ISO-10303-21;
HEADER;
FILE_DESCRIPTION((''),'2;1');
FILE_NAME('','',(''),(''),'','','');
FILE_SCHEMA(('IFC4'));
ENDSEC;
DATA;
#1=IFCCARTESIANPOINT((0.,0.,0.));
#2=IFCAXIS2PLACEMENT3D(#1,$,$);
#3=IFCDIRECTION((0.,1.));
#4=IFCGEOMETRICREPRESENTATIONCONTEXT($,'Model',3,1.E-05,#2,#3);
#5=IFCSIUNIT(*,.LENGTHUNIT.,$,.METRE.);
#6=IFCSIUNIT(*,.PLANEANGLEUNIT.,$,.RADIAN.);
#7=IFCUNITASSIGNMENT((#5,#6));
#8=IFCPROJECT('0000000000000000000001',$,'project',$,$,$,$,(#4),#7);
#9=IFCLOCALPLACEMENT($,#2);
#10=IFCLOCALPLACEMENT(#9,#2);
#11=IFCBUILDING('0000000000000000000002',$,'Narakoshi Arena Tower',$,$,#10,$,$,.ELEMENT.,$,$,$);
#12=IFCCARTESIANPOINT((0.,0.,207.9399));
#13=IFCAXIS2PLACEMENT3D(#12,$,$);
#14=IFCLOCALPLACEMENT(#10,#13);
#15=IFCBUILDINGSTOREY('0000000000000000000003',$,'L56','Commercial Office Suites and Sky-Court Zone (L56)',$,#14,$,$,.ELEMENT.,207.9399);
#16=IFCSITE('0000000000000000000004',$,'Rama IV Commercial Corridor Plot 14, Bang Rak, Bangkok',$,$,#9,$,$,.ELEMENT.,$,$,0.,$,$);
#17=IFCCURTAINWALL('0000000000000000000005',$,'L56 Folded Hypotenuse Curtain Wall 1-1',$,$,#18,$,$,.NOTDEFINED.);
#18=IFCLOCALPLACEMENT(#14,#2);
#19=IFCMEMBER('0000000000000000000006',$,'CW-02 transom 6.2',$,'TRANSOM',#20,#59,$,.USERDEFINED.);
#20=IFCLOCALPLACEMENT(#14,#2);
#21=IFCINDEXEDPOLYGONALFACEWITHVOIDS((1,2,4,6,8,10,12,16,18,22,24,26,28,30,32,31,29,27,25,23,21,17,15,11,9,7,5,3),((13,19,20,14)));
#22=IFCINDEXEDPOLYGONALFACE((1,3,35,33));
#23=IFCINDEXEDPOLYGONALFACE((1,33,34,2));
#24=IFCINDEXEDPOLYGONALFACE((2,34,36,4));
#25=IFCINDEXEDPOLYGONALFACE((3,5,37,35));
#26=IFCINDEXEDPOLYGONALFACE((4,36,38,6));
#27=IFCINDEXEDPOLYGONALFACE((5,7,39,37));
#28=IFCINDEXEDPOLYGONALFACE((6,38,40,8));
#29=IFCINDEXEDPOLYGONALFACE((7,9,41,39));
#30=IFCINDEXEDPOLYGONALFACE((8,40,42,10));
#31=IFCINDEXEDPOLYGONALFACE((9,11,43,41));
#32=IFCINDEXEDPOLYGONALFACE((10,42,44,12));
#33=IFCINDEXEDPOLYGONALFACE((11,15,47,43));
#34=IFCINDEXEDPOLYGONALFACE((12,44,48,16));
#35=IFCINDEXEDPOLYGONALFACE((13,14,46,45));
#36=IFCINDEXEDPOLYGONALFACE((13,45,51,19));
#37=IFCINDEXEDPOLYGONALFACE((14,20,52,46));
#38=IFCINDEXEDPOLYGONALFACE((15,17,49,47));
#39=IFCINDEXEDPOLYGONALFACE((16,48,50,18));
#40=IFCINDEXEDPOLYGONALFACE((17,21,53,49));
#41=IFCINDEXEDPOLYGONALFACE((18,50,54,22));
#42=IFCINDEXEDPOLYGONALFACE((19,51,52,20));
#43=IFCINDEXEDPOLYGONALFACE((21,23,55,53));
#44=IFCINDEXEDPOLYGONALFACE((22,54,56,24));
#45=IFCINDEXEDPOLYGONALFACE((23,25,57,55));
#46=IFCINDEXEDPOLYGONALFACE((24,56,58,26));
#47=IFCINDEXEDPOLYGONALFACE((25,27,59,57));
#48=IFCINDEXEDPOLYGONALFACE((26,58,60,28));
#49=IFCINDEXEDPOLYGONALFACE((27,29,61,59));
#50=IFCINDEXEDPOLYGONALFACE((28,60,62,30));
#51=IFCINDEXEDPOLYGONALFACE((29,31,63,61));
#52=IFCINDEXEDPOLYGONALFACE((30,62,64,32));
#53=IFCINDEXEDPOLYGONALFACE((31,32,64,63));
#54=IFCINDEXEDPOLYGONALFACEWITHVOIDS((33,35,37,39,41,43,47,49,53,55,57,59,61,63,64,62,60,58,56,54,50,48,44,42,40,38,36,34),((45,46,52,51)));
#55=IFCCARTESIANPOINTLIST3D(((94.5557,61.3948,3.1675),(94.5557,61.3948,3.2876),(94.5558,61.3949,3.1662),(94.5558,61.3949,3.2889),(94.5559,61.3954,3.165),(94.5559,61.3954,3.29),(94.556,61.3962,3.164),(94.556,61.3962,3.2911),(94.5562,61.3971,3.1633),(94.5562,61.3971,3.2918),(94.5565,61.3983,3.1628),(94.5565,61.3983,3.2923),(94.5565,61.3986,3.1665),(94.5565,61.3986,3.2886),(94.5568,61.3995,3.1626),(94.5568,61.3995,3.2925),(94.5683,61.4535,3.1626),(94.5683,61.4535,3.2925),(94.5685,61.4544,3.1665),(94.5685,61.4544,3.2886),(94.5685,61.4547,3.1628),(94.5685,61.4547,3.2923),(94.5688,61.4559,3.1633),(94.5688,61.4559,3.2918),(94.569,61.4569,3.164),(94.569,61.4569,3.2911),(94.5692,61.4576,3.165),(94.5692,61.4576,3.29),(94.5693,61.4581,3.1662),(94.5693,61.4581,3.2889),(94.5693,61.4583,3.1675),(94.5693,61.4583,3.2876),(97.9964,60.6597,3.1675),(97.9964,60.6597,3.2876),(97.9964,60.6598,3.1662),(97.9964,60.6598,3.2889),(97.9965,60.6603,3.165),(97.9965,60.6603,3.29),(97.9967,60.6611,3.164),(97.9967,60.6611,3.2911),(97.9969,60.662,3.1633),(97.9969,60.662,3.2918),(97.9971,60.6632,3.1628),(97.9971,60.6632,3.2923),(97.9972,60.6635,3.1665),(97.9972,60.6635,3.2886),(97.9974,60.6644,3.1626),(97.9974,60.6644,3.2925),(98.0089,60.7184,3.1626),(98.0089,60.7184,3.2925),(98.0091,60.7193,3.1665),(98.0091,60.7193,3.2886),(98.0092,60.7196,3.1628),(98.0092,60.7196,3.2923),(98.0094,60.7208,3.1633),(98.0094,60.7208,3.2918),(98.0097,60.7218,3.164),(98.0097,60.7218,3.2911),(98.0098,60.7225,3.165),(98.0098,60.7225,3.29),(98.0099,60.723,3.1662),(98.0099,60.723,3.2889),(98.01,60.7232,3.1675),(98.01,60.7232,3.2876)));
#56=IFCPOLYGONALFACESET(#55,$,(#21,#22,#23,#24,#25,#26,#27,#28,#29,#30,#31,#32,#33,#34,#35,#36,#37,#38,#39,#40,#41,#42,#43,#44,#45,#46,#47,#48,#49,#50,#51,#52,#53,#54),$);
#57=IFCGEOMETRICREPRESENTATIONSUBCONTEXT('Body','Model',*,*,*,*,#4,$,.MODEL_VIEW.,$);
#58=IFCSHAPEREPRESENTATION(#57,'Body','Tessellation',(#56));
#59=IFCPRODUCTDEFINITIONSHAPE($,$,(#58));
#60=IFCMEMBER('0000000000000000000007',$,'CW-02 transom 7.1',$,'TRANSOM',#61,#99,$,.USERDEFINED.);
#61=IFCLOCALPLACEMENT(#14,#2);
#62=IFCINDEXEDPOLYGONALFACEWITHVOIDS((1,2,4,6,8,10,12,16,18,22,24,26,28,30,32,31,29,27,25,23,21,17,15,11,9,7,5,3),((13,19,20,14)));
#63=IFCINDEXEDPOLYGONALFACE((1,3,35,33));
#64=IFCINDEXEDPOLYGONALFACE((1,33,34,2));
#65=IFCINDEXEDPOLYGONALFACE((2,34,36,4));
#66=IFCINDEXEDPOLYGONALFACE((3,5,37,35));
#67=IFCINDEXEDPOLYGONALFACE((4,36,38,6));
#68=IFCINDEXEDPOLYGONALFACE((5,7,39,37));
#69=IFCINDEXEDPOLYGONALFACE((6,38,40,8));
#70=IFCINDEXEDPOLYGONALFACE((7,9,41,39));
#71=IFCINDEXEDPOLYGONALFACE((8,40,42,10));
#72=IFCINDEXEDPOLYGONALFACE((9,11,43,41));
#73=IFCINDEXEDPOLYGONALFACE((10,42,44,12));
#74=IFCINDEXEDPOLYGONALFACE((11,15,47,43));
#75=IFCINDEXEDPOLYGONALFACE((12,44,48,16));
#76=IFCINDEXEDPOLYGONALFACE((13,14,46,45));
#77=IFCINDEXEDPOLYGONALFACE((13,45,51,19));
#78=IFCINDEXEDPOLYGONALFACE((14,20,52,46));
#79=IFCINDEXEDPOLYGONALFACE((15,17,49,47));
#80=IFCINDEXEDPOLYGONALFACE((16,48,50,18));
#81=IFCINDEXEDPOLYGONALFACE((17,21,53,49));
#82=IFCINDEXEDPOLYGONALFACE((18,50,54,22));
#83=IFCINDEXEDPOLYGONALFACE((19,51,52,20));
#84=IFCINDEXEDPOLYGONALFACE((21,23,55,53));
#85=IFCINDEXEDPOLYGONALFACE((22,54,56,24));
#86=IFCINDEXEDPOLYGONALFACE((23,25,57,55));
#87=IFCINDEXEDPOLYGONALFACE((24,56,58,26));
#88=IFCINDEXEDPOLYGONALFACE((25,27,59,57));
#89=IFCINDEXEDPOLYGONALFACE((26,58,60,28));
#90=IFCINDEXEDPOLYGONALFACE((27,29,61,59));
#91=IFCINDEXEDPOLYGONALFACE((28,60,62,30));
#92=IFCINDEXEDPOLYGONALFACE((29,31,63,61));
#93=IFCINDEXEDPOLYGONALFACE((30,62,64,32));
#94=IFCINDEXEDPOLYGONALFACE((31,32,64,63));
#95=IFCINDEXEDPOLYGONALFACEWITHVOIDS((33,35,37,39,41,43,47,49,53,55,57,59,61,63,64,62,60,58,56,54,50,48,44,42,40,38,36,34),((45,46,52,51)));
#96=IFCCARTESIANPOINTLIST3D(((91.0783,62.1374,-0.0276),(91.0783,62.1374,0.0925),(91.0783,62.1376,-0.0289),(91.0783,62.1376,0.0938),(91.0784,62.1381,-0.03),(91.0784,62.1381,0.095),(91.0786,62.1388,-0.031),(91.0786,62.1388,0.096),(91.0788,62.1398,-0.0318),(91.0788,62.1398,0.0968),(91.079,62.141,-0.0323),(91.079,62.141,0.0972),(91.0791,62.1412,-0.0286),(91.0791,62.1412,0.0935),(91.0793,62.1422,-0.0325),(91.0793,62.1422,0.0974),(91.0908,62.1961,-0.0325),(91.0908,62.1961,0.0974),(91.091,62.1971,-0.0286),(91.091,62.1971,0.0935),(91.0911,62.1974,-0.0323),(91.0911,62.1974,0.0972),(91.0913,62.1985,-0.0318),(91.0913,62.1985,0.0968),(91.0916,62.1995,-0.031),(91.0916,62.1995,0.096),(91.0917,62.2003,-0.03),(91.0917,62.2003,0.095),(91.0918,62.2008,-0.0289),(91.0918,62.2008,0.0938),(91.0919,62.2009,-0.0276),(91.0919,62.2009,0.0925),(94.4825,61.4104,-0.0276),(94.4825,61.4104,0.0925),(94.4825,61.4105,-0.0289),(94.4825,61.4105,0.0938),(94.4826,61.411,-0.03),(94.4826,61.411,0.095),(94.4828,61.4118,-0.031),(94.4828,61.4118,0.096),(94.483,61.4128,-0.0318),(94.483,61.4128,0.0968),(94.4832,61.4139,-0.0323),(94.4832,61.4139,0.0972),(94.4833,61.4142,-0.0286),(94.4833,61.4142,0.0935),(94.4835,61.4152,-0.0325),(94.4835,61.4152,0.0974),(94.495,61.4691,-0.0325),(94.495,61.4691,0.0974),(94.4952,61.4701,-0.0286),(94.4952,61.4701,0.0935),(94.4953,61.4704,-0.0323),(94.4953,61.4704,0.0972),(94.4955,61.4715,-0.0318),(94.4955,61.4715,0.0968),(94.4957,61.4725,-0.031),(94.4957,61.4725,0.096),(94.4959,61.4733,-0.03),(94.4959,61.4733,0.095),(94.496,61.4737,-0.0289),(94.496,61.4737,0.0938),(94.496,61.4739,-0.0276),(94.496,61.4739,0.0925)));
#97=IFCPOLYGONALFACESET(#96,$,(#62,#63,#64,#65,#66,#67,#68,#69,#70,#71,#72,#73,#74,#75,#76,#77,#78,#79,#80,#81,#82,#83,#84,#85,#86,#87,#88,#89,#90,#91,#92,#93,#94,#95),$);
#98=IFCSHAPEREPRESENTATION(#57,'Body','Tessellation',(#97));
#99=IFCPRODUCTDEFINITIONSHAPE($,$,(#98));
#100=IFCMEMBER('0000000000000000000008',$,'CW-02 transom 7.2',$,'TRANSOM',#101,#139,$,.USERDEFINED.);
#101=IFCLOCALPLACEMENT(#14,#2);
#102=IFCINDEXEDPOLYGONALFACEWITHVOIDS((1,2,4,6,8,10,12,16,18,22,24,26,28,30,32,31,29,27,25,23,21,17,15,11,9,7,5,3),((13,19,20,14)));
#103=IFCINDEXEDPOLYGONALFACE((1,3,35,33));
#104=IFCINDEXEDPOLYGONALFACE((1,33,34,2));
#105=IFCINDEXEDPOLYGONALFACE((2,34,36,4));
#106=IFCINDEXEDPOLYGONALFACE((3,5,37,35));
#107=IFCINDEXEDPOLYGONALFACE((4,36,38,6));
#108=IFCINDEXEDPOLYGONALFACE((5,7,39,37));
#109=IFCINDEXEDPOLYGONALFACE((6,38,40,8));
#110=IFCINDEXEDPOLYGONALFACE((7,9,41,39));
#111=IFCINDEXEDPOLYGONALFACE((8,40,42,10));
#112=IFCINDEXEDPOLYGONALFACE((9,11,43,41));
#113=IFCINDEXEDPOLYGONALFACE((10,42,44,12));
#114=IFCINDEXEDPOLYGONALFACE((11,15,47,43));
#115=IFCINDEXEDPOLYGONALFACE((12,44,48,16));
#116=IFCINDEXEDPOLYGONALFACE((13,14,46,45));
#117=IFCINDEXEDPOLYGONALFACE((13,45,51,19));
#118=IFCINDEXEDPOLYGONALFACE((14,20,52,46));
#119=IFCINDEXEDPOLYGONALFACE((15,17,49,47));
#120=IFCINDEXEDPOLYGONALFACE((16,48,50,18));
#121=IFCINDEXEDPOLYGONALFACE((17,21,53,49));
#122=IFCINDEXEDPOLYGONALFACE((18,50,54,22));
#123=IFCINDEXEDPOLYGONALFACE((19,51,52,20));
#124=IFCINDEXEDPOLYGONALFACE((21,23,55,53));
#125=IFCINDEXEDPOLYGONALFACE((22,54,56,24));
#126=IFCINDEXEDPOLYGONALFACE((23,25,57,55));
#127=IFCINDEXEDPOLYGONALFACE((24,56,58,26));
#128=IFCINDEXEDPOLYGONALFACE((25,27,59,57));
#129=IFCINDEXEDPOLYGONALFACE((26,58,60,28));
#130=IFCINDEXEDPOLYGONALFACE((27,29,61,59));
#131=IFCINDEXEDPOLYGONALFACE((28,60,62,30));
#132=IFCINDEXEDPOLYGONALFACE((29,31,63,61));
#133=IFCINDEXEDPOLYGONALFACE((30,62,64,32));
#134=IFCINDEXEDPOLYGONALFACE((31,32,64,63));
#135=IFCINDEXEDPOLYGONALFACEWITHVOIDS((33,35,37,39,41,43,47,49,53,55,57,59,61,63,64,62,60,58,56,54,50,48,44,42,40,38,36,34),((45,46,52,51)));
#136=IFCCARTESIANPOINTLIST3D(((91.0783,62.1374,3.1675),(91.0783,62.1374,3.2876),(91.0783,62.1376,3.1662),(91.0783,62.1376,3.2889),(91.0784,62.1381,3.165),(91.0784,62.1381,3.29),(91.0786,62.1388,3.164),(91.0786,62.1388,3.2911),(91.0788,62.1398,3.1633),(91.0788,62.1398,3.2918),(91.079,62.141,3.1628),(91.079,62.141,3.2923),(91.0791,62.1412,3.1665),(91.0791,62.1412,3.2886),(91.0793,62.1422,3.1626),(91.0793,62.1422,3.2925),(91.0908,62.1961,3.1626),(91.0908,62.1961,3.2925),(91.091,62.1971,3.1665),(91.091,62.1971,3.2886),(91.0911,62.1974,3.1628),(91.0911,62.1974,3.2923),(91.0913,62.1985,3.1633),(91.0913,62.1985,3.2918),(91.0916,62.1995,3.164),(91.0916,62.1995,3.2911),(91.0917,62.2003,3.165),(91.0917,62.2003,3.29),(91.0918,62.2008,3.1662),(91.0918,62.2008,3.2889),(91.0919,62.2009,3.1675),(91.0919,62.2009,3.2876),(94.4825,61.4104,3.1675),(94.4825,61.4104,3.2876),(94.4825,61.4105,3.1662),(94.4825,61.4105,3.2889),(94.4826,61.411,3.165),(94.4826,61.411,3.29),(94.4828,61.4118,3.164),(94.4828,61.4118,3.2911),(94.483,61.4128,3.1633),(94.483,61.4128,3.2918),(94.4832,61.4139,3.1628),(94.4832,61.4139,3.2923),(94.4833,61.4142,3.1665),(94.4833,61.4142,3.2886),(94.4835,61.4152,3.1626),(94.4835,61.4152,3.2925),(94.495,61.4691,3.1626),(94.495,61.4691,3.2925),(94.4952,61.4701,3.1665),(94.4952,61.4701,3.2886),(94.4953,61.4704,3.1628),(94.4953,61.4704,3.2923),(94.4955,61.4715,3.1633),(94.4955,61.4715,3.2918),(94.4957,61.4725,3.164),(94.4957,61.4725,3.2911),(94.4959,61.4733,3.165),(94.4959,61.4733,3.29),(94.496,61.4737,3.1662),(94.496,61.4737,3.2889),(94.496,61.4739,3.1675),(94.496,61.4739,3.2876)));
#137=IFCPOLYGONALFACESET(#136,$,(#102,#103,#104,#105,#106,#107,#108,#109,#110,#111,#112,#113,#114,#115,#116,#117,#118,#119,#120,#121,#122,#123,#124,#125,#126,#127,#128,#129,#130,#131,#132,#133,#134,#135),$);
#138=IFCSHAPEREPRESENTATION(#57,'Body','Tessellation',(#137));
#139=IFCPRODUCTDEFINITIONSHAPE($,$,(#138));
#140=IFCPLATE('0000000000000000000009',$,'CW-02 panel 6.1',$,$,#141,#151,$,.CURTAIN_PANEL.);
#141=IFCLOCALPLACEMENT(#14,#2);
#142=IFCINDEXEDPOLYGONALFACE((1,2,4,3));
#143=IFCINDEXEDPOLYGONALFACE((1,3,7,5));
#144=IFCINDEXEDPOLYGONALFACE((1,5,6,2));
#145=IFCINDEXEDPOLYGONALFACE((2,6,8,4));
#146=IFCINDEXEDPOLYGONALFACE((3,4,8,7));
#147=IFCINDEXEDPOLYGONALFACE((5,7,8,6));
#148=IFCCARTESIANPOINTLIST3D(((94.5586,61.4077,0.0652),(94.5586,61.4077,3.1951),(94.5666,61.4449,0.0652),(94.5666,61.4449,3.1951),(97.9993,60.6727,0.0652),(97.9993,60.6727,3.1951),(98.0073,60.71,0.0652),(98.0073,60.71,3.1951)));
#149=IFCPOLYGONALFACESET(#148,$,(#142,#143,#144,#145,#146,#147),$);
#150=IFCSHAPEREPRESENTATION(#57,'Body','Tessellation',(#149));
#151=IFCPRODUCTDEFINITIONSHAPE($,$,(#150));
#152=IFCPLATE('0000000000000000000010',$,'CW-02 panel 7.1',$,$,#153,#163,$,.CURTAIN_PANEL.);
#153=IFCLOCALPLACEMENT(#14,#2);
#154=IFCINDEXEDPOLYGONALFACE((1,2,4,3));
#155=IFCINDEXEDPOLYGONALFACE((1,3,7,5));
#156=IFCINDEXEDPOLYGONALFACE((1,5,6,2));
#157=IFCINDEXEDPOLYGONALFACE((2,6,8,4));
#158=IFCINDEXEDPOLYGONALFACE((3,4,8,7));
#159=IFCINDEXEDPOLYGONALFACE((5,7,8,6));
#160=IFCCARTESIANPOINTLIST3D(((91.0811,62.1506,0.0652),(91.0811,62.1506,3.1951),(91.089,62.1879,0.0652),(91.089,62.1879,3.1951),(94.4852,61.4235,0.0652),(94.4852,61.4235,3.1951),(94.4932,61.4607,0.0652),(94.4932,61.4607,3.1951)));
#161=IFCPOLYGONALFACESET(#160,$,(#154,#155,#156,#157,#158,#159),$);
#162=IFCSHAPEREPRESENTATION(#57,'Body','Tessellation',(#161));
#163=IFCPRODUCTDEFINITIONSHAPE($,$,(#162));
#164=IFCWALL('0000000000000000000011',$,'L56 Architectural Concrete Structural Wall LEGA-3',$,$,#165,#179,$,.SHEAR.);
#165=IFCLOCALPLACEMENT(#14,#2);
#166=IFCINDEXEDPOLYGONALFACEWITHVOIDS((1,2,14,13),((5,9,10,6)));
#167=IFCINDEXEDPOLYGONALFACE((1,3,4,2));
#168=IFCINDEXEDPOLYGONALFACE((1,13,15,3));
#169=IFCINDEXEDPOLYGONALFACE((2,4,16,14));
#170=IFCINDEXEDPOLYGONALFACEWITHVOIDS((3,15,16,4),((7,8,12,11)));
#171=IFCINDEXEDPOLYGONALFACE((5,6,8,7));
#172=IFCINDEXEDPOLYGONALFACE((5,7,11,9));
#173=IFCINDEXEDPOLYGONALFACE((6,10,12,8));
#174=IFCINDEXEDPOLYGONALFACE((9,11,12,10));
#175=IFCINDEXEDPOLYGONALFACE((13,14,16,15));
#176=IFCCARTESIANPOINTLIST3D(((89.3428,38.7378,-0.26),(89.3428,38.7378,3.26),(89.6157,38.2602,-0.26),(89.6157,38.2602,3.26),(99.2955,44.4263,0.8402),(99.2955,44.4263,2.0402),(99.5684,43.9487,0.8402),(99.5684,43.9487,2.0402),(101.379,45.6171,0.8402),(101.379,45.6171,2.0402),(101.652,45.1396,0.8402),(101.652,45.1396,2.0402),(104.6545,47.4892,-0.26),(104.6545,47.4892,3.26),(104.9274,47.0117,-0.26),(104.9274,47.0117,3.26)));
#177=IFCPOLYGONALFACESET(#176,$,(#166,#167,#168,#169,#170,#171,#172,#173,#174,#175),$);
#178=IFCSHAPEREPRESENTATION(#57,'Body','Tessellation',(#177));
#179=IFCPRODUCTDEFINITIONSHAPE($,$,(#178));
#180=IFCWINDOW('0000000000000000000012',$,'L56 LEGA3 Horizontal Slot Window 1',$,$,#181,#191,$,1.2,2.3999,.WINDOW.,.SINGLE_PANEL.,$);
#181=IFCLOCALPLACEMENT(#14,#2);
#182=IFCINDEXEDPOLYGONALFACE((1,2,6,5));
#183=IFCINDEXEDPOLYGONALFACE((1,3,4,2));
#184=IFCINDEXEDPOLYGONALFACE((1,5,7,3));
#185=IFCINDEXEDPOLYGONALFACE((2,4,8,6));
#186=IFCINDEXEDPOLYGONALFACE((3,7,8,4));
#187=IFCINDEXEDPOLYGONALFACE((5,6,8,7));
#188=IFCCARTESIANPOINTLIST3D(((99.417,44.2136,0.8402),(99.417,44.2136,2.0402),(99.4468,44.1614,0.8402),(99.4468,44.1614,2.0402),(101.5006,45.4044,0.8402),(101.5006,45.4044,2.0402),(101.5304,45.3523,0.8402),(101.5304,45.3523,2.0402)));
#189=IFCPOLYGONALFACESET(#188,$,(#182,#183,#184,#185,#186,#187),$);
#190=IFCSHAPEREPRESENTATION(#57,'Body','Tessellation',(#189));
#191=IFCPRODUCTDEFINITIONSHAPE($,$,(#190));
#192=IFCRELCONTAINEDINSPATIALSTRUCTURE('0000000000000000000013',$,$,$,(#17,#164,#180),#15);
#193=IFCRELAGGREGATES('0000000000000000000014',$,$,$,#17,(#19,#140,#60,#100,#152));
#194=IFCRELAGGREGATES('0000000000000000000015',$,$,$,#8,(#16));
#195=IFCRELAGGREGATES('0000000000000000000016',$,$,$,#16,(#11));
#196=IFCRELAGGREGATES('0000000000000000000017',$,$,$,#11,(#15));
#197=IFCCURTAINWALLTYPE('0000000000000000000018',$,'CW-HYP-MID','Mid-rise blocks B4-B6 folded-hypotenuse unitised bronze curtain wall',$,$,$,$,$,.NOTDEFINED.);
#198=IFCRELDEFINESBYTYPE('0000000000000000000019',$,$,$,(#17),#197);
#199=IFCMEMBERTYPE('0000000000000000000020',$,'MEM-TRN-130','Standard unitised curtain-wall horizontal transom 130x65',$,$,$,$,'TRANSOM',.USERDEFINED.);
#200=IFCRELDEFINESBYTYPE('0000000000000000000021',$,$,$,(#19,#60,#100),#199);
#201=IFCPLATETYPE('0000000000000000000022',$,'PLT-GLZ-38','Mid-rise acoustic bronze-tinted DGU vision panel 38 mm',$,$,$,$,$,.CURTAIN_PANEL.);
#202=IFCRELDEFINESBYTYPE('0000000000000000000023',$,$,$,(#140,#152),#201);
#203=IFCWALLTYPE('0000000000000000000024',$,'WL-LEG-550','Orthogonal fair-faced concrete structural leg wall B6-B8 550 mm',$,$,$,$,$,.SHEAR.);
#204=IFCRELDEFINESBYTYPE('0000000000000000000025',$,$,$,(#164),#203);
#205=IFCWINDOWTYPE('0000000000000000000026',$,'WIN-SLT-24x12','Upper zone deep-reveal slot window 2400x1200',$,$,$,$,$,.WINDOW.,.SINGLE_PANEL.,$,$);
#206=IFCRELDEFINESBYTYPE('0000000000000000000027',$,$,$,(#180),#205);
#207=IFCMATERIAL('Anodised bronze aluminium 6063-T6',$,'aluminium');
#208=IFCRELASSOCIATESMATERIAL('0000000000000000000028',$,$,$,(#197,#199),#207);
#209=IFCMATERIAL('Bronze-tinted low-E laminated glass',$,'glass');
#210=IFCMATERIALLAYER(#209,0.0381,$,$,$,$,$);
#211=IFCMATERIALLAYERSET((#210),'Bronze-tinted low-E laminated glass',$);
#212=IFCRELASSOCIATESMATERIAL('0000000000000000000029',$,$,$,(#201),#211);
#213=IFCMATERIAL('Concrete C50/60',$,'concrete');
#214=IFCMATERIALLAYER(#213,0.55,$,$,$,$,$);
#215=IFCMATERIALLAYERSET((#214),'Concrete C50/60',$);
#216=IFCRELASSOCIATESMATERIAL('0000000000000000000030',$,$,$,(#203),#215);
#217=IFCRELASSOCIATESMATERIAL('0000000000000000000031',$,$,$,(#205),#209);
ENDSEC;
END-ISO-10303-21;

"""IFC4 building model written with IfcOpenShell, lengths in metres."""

from ifc_helpers import new_model, si_unit, direction, frame, frame_2d, origin, origin_2d, place, context, subcontext, project, spatial, rectangle, hollow_rectangle, extrude, material, layer, layer_set, material_profile, profile_set, type_object, element, fill, aggregate, save


model = new_model("IFC4")

# Units and contexts
model_context = context("Model", 3, precision=1e-05, world=origin(), true_north=direction((0.0, 1.0)))
body_context = subcontext(model_context, "Body", "Model", "MODEL_VIEW")
ifc_project = project(units=[si_unit("LENGTHUNIT", "METRE"), si_unit("PLANEANGLEUNIT", "RADIAN")], contexts=[model_context])

# Site, building, storey
site_placement = place(None, origin())
site = spatial("IfcSite", under=ifc_project, at=site_placement, Name="Rama IV Commercial Corridor Plot 14, Bang Rak, Bangkok", CompositionType="ELEMENT", RefElevation=0.0)
building_placement = place(site_placement, origin())
building = spatial("IfcBuilding", under=site, at=building_placement, Name="Narakoshi Arena Tower", CompositionType="ELEMENT")
storey_placement = place(building_placement, frame((0.0, 0.0, 207.9399)))
storey = spatial("IfcBuildingStorey", under=building, at=storey_placement, Name="L56", Description="Commercial Office Suites and Sky-Court Zone (L56)", CompositionType="ELEMENT", Elevation=207.9399)

# Shared definitions
ifc_material_1 = material(Name="Concrete C50/60", Category="concrete")

# Curtain wall, members, plates
ifc_material_2 = material(Name="Anodised bronze aluminium 6063-T6", Category="aluminium")
curtain_wall_type = type_object("IfcCurtainWallType", Name="CW-HYP-MID", Description="Mid-rise blocks B4-B6 folded-hypotenuse unitised bronze curtain wall", PredefinedType="NOTDEFINED", material=ifc_material_2)
curtain_wall_placement = place(storey_placement, origin())
curtain_wall = element("IfcCurtainWall", 1, at=curtain_wall_placement, inside=storey, type_object=curtain_wall_type, Name="L56 Folded Hypotenuse Curtain Wall 1-1", PredefinedType="NOTDEFINED")
ifc_material_profile_1 = material_profile(ifc_material_2, hollow_rectangle(XDim=0.0649, YDim=0.1299, WallThickness=0.0039, OuterFilletRadius=0.0049, at=origin_2d()), Name="TRN130x65x4")
ifc_profile_set_1 = profile_set([ifc_material_profile_1], Name="Anodised bronze aluminium 6063-T6")
member_type_1 = type_object("IfcMemberType", Name="MEM-TRN-130", Description="Standard unitised curtain-wall horizontal transom 130x65", ElementType="TRANSOM", PredefinedType="USERDEFINED", material=ifc_profile_set_1)
member_1_placement = place(storey_placement, frame((98.0032, 60.6914, 3.2275), z_axis=(-0.977929, 0.208937, 0.0), x_axis=(-0.208937, -0.977929, 0.0)))
member_1 = element("IfcMember", 2, at=member_1_placement, type_object=member_type_1, Name="CW-02 transom 6.2", ObjectType="TRANSOM", PredefinedType="USERDEFINED", context=body_context, shape_type="SweptSolid", body=[
    extrude(hollow_rectangle(XDim=0.0649, YDim=0.1299, WallThickness=0.0039, OuterFilletRadius=0.0049, at=origin_2d()), origin(), (0.0, 0.0, 1.0), 3.5183),
])
member_2_placement = place(storey_placement, frame((94.4893, 61.4421, 0.0325), z_axis=(-0.977946, 0.208858, 0.0), x_axis=(-0.208858, -0.977946, 0.0)))
member_2 = element("IfcMember", 3, at=member_2_placement, type_object=member_type_1, Name="CW-02 transom 7.1", ObjectType="TRANSOM", PredefinedType="USERDEFINED", context=body_context, shape_type="SweptSolid", body=[
    extrude(hollow_rectangle(XDim=0.0649, YDim=0.1299, WallThickness=0.0039, OuterFilletRadius=0.0049, at=origin_2d()), origin(), (0.0, 0.0, 1.0), 3.481),
])
member_3_placement = place(storey_placement, frame((94.4893, 61.4421, 3.2275), z_axis=(-0.977946, 0.208858, 0.0), x_axis=(-0.208858, -0.977946, 0.0)))
member_3 = element("IfcMember", 4, at=member_3_placement, type_object=member_type_1, Name="CW-02 transom 7.2", ObjectType="TRANSOM", PredefinedType="USERDEFINED", context=body_context, shape_type="SweptSolid", body=[
    extrude(hollow_rectangle(XDim=0.0649, YDim=0.1299, WallThickness=0.0039, OuterFilletRadius=0.0049, at=origin_2d()), origin(), (0.0, 0.0, 1.0), 3.481),
])
ifc_material_3 = material(Name="Bronze-tinted low-E laminated glass", Category="glass")
ifc_layer_1 = layer(ifc_material_3, 0.0381)
ifc_layer_set_1 = layer_set([ifc_layer_1], Name="Bronze-tinted low-E laminated glass")
plate_type = type_object("IfcPlateType", Name="PLT-GLZ-38", Description="Mid-rise acoustic bronze-tinted DGU vision panel 38 mm", PredefinedType="CURTAIN_PANEL", material=ifc_layer_set_1)
plate_1_placement = place(storey_placement, frame((96.283, 61.0588, 0.0652), z_axis=(0.0, 0.0, 1.0), x_axis=(-0.977937, 0.208899, 0.0)))
plate_1 = element("IfcPlate", 5, at=plate_1_placement, type_object=plate_type, Name="CW-02 panel 6.1", PredefinedType="CURTAIN_PANEL", context=body_context, shape_type="SweptSolid", body=[
    extrude(rectangle(XDim=3.5183, YDim=0.0381, at=origin_2d()), origin(), (0.0, 0.0, 1.0), 3.1299),
])
plate_2_placement = place(storey_placement, frame((92.7871, 61.8057, 0.0652), z_axis=(0.0, 0.0, 1.0), x_axis=(-0.977937, 0.208899, 0.0)))
plate_2 = element("IfcPlate", 6, at=plate_2_placement, type_object=plate_type, Name="CW-02 panel 7.1", PredefinedType="CURTAIN_PANEL", context=body_context, shape_type="SweptSolid", body=[
    extrude(rectangle(XDim=3.481, YDim=0.0381, at=origin_2d()), origin(), (0.0, 0.0, 1.0), 3.1299),
])
aggregate(curtain_wall, [member_1, plate_1, member_2, member_3, plate_2])

# Wall, opening, window
ifc_layer_2 = layer(ifc_material_1, 0.55)
ifc_layer_set_2 = layer_set([ifc_layer_2], Name="Concrete C50/60")
wall_type_1 = type_object("IfcWallType", Name="WL-LEG-550", Description="Orthogonal fair-faced concrete structural leg wall B6-B8 550 mm", PredefinedType="SHEAR", material=ifc_layer_set_2)
wall_1_placement = place(storey_placement, frame((89.4792, 38.499, -0.26), z_axis=(0.0, 0.0, 1.0), x_axis=(0.868197, 0.496219, 0.0)))
wall_1 = element("IfcWall", 7, at=wall_1_placement, inside=storey, type_object=wall_type_1, Name="L56 Architectural Concrete Structural Wall LEGA-3", PredefinedType="SHEAR", context=body_context, shape_type="SweptSolid", body=[
    extrude(rectangle(XDim=17.6362, YDim=0.55, at=frame_2d((8.8181, 0.0))), origin(), (0.0, 0.0, 1.0), 3.52),
])
opening_placement = place(wall_1_placement, frame((11.4636, 0.0, 1.1001)))
opening = element("IfcOpeningElement", 8, at=opening_placement, cuts=wall_1, PredefinedType="OPENING", context=body_context, shape_type="SweptSolid", body=[
    extrude(rectangle(XDim=2.3999, YDim=1.2, at=frame_2d((1.2, 0.6001))), frame((0.0, 0.2849, 0.0), z_axis=(0.0, -1.0, 0.0), x_axis=(1.0, 0.0, 0.0)), (0.0, 0.0, 1.0), 0.5701),
])
window_type = type_object("IfcWindowType", Name="WIN-SLT-24x12", Description="Upper zone deep-reveal slot window 2400x1200", PartitioningType="SINGLE_PANEL", PredefinedType="WINDOW", material=ifc_material_3)
window_placement = place(opening_placement, origin())
window = element("IfcWindow", 9, at=window_placement, inside=storey, type_object=window_type, Name="L56 LEGA3 Horizontal Slot Window 1", OverallHeight=1.2, OverallWidth=2.3999, PartitioningType="SINGLE_PANEL", PredefinedType="WINDOW", context=body_context, shape_type="SweptSolid", body=[
    extrude(rectangle(XDim=2.3999, YDim=1.2, at=frame_2d((1.2, 0.6001))), frame((0.0, 0.03, 0.0), z_axis=(0.0, -1.0, 0.0), x_axis=(1.0, 0.0, 0.0)), (0.0, 0.0, 1.0), 0.0601),
])
fill(opening, window)

save(model, "model.ifc")
